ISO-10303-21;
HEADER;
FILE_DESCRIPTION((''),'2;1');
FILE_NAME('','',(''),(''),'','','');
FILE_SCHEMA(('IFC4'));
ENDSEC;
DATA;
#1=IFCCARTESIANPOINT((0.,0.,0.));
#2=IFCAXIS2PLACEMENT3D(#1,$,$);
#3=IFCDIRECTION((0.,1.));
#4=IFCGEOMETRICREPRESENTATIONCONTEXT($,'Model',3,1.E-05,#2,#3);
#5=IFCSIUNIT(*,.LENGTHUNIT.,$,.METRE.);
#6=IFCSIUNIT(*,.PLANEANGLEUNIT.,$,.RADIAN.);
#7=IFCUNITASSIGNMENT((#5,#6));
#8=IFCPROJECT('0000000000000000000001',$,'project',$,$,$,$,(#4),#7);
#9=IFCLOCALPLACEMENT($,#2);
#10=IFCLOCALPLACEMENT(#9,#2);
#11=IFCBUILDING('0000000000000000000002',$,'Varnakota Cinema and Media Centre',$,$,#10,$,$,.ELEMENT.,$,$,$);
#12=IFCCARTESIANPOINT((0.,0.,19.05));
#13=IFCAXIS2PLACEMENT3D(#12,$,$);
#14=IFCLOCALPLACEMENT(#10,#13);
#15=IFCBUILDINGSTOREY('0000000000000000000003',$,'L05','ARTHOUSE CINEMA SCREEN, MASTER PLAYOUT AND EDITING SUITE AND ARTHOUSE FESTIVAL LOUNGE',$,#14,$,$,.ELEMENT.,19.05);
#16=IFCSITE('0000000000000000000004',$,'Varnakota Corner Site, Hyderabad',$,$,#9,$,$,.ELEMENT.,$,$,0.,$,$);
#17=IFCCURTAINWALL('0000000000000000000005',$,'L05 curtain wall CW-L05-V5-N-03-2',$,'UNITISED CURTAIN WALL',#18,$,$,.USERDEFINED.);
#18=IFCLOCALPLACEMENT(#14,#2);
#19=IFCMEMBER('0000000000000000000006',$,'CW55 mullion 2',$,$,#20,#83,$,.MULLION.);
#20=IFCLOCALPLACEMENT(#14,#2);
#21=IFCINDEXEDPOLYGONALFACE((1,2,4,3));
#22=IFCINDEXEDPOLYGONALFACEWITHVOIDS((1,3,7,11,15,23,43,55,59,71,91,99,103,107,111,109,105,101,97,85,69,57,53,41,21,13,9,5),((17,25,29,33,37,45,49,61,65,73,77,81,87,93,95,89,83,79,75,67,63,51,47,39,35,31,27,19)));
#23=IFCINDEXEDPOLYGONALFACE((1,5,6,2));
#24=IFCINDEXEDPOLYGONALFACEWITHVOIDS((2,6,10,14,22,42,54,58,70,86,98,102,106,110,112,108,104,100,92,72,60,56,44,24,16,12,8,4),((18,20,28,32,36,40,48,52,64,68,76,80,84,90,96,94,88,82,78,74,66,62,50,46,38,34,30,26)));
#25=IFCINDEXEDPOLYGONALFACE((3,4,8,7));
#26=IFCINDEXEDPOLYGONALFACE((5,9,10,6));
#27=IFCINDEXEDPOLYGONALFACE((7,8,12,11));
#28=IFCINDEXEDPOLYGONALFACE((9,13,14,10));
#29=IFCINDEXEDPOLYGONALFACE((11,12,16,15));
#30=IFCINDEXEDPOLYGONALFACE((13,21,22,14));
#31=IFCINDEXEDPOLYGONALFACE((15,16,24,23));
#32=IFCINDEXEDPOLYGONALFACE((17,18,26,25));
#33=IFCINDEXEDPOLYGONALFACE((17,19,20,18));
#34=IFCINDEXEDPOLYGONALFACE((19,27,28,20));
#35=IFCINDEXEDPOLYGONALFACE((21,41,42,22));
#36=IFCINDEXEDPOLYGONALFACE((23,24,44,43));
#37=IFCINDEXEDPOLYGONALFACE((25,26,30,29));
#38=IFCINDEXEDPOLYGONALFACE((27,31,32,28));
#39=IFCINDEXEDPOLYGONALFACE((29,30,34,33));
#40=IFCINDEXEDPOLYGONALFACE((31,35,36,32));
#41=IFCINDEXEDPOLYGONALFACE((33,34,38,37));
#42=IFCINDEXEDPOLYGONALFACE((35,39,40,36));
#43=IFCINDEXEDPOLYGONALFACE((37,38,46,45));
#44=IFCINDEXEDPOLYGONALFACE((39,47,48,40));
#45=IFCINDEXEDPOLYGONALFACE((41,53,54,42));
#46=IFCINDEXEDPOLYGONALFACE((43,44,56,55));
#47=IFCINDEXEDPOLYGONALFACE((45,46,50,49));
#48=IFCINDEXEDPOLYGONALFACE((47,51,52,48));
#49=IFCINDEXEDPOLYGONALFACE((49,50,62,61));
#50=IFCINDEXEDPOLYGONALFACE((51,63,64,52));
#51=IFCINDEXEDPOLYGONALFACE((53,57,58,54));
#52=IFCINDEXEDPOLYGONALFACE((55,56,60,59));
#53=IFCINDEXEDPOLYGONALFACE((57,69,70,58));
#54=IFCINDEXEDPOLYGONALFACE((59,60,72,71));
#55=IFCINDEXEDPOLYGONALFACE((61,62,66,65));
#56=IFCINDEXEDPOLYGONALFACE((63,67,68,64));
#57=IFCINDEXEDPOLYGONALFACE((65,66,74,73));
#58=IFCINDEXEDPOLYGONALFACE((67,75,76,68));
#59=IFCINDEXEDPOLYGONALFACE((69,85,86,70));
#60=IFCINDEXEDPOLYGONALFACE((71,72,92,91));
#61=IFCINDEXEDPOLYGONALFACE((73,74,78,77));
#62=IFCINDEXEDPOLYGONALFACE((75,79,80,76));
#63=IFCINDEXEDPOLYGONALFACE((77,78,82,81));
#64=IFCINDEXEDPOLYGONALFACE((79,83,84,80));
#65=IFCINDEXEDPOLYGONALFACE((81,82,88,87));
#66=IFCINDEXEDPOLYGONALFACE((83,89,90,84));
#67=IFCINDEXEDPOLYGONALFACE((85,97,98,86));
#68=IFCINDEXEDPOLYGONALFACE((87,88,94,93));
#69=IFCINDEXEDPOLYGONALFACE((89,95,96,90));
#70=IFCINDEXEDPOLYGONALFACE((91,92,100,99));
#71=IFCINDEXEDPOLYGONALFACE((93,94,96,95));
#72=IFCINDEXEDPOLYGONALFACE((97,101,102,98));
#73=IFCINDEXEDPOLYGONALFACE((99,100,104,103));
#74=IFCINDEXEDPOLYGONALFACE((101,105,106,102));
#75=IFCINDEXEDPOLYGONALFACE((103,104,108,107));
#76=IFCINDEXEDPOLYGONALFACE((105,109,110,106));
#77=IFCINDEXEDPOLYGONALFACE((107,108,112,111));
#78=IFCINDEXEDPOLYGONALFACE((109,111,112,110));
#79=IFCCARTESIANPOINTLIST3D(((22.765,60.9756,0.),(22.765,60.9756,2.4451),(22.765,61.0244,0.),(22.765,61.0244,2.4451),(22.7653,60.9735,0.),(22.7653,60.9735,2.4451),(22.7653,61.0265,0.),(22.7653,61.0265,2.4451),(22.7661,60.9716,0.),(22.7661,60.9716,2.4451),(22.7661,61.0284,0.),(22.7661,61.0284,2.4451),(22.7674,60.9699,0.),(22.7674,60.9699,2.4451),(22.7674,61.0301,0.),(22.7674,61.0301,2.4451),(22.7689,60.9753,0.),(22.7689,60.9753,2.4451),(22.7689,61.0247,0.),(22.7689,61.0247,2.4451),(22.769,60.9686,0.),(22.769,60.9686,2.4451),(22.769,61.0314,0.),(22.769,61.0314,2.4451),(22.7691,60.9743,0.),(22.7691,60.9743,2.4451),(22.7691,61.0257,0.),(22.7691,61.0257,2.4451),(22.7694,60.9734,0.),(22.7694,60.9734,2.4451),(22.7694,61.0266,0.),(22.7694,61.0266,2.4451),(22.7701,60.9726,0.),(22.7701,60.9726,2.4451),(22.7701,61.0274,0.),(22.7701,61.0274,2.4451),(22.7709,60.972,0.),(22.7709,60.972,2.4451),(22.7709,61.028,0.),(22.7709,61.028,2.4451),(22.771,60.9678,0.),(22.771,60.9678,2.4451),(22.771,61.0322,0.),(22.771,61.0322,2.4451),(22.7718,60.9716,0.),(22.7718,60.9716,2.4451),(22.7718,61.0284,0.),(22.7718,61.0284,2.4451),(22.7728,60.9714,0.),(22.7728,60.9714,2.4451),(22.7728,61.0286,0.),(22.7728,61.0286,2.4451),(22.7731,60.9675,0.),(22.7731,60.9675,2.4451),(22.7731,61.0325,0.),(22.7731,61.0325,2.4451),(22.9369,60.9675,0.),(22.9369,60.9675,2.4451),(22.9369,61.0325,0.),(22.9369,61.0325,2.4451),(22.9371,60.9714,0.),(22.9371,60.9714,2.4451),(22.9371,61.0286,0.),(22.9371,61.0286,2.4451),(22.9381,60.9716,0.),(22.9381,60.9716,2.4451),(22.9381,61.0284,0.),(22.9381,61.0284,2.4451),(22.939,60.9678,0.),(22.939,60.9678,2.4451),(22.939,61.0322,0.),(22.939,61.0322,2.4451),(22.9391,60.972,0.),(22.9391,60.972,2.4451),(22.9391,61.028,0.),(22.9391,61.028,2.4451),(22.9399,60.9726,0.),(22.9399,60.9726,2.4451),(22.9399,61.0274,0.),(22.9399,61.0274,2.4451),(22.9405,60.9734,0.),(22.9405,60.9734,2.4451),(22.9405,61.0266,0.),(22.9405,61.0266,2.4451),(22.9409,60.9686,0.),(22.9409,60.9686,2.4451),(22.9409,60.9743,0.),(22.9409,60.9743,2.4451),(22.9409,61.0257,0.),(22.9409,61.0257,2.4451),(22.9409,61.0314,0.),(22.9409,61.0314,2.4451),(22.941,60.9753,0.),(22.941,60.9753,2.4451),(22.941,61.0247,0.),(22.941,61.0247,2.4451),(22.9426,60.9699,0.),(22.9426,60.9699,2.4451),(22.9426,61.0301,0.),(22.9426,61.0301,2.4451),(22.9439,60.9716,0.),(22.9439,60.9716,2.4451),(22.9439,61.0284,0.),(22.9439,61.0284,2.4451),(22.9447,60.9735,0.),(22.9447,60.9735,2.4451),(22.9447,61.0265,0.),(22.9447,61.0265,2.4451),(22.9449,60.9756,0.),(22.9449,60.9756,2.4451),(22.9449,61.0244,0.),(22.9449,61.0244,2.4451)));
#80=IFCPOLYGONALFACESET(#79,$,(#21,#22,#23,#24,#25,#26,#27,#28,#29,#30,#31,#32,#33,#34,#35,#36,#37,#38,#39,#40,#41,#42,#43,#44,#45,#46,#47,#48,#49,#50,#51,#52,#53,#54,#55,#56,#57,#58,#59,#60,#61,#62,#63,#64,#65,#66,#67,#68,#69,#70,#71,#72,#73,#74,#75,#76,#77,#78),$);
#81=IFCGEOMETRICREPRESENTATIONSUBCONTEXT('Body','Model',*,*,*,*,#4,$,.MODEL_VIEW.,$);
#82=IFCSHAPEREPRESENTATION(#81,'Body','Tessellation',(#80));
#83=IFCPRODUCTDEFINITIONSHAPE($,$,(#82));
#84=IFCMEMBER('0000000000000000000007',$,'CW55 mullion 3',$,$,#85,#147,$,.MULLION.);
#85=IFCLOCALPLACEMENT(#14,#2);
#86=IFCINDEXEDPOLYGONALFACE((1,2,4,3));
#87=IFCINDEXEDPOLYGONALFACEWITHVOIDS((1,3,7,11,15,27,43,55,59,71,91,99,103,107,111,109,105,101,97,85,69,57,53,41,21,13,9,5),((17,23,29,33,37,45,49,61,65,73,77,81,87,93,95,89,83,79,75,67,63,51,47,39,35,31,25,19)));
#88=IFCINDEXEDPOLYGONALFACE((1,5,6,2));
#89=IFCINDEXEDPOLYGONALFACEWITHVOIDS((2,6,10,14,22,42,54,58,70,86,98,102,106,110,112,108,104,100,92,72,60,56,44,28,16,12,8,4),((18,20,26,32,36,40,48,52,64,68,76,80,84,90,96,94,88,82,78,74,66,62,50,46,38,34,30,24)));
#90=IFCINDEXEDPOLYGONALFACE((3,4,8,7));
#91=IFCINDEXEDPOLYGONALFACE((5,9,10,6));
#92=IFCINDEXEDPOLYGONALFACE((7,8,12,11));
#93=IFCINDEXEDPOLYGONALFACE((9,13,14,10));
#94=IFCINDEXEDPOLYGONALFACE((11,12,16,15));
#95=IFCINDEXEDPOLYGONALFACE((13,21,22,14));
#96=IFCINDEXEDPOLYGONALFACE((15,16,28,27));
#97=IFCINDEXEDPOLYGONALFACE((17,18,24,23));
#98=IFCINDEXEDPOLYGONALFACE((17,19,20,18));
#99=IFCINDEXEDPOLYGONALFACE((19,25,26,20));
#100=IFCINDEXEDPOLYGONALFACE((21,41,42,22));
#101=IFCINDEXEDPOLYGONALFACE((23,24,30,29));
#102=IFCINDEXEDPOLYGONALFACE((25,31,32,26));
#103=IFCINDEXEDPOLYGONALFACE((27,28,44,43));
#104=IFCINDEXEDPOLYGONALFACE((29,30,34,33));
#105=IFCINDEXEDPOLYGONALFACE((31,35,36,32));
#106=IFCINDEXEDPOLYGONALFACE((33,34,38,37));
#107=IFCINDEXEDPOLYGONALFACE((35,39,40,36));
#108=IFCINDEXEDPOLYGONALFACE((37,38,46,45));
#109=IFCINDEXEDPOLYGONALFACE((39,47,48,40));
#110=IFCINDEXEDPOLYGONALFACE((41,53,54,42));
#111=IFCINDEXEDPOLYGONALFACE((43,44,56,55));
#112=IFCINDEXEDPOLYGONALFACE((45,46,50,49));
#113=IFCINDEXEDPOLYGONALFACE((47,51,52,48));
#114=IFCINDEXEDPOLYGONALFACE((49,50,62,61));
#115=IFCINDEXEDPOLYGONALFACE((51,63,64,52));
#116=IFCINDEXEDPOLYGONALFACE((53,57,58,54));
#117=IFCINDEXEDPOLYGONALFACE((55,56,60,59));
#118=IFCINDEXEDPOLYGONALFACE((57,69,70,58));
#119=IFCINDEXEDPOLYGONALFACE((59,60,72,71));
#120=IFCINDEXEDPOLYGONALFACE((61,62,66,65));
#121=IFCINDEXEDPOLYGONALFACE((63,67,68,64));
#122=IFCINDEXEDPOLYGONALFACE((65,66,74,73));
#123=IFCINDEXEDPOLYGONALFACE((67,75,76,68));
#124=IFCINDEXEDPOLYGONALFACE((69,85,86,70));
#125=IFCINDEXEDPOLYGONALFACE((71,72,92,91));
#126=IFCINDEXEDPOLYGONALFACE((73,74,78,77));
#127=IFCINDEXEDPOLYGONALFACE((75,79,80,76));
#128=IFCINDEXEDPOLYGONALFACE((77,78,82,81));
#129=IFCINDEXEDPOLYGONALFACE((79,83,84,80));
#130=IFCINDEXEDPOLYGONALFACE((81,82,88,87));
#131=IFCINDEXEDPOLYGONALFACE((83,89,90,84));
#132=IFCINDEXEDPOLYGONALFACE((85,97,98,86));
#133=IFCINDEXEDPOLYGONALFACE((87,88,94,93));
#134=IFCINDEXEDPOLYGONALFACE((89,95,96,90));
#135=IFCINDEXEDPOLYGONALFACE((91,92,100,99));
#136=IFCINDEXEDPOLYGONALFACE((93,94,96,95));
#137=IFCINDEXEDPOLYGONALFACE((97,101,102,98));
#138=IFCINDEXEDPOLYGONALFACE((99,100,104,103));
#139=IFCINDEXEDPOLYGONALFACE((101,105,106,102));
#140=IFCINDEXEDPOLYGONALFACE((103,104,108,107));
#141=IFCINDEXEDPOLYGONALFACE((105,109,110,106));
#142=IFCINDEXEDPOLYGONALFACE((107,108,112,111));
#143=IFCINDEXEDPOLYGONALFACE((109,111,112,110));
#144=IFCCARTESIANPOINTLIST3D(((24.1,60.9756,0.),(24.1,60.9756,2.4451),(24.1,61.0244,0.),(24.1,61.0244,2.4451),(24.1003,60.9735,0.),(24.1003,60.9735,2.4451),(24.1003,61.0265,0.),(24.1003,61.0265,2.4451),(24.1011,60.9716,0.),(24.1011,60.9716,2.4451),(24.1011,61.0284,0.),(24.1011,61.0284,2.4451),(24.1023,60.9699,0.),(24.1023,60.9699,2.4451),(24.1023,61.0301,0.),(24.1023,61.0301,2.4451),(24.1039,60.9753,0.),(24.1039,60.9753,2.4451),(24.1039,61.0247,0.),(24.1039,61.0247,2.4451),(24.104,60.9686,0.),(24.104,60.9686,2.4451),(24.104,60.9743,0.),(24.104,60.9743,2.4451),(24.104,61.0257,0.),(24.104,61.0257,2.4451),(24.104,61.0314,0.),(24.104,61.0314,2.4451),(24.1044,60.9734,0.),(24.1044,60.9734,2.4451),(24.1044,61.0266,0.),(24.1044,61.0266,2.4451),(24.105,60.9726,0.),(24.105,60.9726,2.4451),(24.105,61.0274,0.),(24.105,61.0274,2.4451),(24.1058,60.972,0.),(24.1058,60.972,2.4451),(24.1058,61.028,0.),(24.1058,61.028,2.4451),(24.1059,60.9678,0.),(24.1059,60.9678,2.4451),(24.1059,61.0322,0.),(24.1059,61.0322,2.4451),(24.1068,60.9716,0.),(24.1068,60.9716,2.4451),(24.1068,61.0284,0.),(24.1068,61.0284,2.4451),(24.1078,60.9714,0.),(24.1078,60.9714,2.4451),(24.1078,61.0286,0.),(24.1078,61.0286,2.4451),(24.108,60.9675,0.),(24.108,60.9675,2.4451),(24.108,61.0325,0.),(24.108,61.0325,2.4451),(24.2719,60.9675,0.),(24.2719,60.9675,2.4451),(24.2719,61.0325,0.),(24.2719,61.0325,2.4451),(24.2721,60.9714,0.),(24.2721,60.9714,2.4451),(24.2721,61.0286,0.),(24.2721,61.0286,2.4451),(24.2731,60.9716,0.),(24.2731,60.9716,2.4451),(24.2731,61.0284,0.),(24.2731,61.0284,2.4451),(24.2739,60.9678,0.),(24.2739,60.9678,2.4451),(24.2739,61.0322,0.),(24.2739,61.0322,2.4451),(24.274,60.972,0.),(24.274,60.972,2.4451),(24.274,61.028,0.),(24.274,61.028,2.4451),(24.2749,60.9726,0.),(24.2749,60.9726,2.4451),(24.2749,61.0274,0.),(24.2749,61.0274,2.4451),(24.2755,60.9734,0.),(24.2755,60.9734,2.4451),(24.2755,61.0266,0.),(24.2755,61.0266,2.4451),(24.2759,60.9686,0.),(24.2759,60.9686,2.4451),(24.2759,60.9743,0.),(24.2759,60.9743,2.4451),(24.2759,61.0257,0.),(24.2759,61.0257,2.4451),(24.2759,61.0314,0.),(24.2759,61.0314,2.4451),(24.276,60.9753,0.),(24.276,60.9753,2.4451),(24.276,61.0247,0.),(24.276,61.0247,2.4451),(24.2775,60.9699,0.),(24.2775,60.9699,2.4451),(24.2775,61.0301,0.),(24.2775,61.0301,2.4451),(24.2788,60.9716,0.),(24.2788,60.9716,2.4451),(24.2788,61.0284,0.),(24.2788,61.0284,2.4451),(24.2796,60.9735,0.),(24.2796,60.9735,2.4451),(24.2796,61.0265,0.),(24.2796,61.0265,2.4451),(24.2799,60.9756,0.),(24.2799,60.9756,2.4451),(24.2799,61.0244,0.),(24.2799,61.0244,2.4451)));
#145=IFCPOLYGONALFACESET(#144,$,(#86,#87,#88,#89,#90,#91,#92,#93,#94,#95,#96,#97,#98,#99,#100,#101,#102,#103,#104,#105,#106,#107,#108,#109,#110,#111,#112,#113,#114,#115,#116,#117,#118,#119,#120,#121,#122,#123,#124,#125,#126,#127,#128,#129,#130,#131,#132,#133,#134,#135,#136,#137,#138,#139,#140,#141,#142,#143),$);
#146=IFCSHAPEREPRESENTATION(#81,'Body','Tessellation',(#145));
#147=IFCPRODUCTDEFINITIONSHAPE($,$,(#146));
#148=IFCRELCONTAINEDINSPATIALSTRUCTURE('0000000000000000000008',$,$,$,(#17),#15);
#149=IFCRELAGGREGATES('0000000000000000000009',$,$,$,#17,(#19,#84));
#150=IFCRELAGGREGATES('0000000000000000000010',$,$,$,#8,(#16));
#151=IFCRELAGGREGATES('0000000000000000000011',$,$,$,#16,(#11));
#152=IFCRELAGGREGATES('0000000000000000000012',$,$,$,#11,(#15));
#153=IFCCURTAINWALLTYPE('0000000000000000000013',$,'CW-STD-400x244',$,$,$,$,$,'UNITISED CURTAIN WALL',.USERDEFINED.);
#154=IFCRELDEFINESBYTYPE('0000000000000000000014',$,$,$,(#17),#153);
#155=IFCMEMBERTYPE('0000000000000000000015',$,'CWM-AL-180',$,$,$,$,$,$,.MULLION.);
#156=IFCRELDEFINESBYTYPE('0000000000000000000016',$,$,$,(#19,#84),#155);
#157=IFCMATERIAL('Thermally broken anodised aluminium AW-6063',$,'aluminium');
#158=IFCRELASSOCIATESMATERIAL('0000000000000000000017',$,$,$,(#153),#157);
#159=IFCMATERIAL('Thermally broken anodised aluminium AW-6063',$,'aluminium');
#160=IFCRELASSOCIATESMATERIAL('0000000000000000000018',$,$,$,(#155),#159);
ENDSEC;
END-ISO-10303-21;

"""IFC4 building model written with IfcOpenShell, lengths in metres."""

from ifc_helpers import new_model, si_unit, direction, frame, origin, origin_2d, place, context, subcontext, project, spatial, hollow_rectangle, extrude, material, material_profile, profile_set, type_object, element, aggregate, save


model = new_model("IFC4")

# Units and contexts
model_context = context("Model", 3, precision=1e-05, world=origin(), true_north=direction((0.0, 1.0)))
body_context = subcontext(model_context, "Body", "Model", "MODEL_VIEW")
ifc_project = project(units=[si_unit("LENGTHUNIT", "METRE"), si_unit("PLANEANGLEUNIT", "RADIAN")], contexts=[model_context])

# Site, building, storey
site_placement = place(None, origin())
site = spatial("IfcSite", under=ifc_project, at=site_placement, Name="Varnakota Corner Site, Hyderabad", CompositionType="ELEMENT", RefElevation=0.0)
building_placement = place(site_placement, origin())
building = spatial("IfcBuilding", under=site, at=building_placement, Name="Varnakota Cinema and Media Centre", CompositionType="ELEMENT")
storey_placement = place(building_placement, frame((0.0, 0.0, 19.05)))
storey = spatial("IfcBuildingStorey", under=building, at=storey_placement, Name="L05", Description="ARTHOUSE CINEMA SCREEN, MASTER PLAYOUT AND EDITING SUITE AND ARTHOUSE FESTIVAL LOUNGE", CompositionType="ELEMENT", Elevation=19.05)

# Curtain wall, members
ifc_material_1 = material(Name="Thermally broken anodised aluminium AW-6063", Category="aluminium")
curtain_wall_type = type_object("IfcCurtainWallType", Name="CW-STD-400x244", ElementType="UNITISED CURTAIN WALL", PredefinedType="USERDEFINED", material=ifc_material_1)
curtain_wall_placement = place(storey_placement, origin())
curtain_wall = element("IfcCurtainWall", 1, at=curtain_wall_placement, inside=storey, type_object=curtain_wall_type, Name="L05 curtain wall CW-L05-V5-N-03-2", ObjectType="UNITISED CURTAIN WALL", PredefinedType="USERDEFINED")
ifc_material_2 = material(Name="Thermally broken anodised aluminium AW-6063", Category="aluminium")
ifc_material_profile_1 = material_profile(ifc_material_2, hollow_rectangle(XDim=0.0649, YDim=0.1799, WallThickness=0.0039, InnerFilletRadius=0.0039, OuterFilletRadius=0.0081, at=origin_2d()), Name="AL-MULLION 180x65x4")
ifc_profile_set_1 = profile_set([ifc_material_profile_1], Name="Thermally broken anodised aluminium AW-6063")
member_type_1 = type_object("IfcMemberType", Name="CWM-AL-180", PredefinedType="MULLION", material=ifc_profile_set_1)
member_1_placement = place(storey_placement, frame((22.855, 61.0, 0.0), z_axis=(0.0, 0.0, 1.0), x_axis=(0.0, 1.0, 0.0)))
member_1 = element("IfcMember", 2, at=member_1_placement, type_object=member_type_1, Name="CW55 mullion 2", PredefinedType="MULLION", context=body_context, shape_type="SweptSolid", body=[
    extrude(hollow_rectangle(XDim=0.0649, YDim=0.1799, WallThickness=0.0039, InnerFilletRadius=0.0039, OuterFilletRadius=0.0081, at=origin_2d()), origin(), (0.0, 0.0, 1.0), 2.4451),
])
member_2_placement = place(storey_placement, frame((24.1899, 61.0, 0.0), z_axis=(0.0, 0.0, 1.0), x_axis=(0.0, 1.0, 0.0)))
member_2 = element("IfcMember", 3, at=member_2_placement, type_object=member_type_1, Name="CW55 mullion 3", PredefinedType="MULLION", context=body_context, shape_type="SweptSolid", body=[
    extrude(hollow_rectangle(XDim=0.0649, YDim=0.1799, WallThickness=0.0039, InnerFilletRadius=0.0039, OuterFilletRadius=0.0081, at=origin_2d()), origin(), (0.0, 0.0, 1.0), 2.4451),
])
aggregate(curtain_wall, [member_1, member_2])

save(model, "model.ifc")
